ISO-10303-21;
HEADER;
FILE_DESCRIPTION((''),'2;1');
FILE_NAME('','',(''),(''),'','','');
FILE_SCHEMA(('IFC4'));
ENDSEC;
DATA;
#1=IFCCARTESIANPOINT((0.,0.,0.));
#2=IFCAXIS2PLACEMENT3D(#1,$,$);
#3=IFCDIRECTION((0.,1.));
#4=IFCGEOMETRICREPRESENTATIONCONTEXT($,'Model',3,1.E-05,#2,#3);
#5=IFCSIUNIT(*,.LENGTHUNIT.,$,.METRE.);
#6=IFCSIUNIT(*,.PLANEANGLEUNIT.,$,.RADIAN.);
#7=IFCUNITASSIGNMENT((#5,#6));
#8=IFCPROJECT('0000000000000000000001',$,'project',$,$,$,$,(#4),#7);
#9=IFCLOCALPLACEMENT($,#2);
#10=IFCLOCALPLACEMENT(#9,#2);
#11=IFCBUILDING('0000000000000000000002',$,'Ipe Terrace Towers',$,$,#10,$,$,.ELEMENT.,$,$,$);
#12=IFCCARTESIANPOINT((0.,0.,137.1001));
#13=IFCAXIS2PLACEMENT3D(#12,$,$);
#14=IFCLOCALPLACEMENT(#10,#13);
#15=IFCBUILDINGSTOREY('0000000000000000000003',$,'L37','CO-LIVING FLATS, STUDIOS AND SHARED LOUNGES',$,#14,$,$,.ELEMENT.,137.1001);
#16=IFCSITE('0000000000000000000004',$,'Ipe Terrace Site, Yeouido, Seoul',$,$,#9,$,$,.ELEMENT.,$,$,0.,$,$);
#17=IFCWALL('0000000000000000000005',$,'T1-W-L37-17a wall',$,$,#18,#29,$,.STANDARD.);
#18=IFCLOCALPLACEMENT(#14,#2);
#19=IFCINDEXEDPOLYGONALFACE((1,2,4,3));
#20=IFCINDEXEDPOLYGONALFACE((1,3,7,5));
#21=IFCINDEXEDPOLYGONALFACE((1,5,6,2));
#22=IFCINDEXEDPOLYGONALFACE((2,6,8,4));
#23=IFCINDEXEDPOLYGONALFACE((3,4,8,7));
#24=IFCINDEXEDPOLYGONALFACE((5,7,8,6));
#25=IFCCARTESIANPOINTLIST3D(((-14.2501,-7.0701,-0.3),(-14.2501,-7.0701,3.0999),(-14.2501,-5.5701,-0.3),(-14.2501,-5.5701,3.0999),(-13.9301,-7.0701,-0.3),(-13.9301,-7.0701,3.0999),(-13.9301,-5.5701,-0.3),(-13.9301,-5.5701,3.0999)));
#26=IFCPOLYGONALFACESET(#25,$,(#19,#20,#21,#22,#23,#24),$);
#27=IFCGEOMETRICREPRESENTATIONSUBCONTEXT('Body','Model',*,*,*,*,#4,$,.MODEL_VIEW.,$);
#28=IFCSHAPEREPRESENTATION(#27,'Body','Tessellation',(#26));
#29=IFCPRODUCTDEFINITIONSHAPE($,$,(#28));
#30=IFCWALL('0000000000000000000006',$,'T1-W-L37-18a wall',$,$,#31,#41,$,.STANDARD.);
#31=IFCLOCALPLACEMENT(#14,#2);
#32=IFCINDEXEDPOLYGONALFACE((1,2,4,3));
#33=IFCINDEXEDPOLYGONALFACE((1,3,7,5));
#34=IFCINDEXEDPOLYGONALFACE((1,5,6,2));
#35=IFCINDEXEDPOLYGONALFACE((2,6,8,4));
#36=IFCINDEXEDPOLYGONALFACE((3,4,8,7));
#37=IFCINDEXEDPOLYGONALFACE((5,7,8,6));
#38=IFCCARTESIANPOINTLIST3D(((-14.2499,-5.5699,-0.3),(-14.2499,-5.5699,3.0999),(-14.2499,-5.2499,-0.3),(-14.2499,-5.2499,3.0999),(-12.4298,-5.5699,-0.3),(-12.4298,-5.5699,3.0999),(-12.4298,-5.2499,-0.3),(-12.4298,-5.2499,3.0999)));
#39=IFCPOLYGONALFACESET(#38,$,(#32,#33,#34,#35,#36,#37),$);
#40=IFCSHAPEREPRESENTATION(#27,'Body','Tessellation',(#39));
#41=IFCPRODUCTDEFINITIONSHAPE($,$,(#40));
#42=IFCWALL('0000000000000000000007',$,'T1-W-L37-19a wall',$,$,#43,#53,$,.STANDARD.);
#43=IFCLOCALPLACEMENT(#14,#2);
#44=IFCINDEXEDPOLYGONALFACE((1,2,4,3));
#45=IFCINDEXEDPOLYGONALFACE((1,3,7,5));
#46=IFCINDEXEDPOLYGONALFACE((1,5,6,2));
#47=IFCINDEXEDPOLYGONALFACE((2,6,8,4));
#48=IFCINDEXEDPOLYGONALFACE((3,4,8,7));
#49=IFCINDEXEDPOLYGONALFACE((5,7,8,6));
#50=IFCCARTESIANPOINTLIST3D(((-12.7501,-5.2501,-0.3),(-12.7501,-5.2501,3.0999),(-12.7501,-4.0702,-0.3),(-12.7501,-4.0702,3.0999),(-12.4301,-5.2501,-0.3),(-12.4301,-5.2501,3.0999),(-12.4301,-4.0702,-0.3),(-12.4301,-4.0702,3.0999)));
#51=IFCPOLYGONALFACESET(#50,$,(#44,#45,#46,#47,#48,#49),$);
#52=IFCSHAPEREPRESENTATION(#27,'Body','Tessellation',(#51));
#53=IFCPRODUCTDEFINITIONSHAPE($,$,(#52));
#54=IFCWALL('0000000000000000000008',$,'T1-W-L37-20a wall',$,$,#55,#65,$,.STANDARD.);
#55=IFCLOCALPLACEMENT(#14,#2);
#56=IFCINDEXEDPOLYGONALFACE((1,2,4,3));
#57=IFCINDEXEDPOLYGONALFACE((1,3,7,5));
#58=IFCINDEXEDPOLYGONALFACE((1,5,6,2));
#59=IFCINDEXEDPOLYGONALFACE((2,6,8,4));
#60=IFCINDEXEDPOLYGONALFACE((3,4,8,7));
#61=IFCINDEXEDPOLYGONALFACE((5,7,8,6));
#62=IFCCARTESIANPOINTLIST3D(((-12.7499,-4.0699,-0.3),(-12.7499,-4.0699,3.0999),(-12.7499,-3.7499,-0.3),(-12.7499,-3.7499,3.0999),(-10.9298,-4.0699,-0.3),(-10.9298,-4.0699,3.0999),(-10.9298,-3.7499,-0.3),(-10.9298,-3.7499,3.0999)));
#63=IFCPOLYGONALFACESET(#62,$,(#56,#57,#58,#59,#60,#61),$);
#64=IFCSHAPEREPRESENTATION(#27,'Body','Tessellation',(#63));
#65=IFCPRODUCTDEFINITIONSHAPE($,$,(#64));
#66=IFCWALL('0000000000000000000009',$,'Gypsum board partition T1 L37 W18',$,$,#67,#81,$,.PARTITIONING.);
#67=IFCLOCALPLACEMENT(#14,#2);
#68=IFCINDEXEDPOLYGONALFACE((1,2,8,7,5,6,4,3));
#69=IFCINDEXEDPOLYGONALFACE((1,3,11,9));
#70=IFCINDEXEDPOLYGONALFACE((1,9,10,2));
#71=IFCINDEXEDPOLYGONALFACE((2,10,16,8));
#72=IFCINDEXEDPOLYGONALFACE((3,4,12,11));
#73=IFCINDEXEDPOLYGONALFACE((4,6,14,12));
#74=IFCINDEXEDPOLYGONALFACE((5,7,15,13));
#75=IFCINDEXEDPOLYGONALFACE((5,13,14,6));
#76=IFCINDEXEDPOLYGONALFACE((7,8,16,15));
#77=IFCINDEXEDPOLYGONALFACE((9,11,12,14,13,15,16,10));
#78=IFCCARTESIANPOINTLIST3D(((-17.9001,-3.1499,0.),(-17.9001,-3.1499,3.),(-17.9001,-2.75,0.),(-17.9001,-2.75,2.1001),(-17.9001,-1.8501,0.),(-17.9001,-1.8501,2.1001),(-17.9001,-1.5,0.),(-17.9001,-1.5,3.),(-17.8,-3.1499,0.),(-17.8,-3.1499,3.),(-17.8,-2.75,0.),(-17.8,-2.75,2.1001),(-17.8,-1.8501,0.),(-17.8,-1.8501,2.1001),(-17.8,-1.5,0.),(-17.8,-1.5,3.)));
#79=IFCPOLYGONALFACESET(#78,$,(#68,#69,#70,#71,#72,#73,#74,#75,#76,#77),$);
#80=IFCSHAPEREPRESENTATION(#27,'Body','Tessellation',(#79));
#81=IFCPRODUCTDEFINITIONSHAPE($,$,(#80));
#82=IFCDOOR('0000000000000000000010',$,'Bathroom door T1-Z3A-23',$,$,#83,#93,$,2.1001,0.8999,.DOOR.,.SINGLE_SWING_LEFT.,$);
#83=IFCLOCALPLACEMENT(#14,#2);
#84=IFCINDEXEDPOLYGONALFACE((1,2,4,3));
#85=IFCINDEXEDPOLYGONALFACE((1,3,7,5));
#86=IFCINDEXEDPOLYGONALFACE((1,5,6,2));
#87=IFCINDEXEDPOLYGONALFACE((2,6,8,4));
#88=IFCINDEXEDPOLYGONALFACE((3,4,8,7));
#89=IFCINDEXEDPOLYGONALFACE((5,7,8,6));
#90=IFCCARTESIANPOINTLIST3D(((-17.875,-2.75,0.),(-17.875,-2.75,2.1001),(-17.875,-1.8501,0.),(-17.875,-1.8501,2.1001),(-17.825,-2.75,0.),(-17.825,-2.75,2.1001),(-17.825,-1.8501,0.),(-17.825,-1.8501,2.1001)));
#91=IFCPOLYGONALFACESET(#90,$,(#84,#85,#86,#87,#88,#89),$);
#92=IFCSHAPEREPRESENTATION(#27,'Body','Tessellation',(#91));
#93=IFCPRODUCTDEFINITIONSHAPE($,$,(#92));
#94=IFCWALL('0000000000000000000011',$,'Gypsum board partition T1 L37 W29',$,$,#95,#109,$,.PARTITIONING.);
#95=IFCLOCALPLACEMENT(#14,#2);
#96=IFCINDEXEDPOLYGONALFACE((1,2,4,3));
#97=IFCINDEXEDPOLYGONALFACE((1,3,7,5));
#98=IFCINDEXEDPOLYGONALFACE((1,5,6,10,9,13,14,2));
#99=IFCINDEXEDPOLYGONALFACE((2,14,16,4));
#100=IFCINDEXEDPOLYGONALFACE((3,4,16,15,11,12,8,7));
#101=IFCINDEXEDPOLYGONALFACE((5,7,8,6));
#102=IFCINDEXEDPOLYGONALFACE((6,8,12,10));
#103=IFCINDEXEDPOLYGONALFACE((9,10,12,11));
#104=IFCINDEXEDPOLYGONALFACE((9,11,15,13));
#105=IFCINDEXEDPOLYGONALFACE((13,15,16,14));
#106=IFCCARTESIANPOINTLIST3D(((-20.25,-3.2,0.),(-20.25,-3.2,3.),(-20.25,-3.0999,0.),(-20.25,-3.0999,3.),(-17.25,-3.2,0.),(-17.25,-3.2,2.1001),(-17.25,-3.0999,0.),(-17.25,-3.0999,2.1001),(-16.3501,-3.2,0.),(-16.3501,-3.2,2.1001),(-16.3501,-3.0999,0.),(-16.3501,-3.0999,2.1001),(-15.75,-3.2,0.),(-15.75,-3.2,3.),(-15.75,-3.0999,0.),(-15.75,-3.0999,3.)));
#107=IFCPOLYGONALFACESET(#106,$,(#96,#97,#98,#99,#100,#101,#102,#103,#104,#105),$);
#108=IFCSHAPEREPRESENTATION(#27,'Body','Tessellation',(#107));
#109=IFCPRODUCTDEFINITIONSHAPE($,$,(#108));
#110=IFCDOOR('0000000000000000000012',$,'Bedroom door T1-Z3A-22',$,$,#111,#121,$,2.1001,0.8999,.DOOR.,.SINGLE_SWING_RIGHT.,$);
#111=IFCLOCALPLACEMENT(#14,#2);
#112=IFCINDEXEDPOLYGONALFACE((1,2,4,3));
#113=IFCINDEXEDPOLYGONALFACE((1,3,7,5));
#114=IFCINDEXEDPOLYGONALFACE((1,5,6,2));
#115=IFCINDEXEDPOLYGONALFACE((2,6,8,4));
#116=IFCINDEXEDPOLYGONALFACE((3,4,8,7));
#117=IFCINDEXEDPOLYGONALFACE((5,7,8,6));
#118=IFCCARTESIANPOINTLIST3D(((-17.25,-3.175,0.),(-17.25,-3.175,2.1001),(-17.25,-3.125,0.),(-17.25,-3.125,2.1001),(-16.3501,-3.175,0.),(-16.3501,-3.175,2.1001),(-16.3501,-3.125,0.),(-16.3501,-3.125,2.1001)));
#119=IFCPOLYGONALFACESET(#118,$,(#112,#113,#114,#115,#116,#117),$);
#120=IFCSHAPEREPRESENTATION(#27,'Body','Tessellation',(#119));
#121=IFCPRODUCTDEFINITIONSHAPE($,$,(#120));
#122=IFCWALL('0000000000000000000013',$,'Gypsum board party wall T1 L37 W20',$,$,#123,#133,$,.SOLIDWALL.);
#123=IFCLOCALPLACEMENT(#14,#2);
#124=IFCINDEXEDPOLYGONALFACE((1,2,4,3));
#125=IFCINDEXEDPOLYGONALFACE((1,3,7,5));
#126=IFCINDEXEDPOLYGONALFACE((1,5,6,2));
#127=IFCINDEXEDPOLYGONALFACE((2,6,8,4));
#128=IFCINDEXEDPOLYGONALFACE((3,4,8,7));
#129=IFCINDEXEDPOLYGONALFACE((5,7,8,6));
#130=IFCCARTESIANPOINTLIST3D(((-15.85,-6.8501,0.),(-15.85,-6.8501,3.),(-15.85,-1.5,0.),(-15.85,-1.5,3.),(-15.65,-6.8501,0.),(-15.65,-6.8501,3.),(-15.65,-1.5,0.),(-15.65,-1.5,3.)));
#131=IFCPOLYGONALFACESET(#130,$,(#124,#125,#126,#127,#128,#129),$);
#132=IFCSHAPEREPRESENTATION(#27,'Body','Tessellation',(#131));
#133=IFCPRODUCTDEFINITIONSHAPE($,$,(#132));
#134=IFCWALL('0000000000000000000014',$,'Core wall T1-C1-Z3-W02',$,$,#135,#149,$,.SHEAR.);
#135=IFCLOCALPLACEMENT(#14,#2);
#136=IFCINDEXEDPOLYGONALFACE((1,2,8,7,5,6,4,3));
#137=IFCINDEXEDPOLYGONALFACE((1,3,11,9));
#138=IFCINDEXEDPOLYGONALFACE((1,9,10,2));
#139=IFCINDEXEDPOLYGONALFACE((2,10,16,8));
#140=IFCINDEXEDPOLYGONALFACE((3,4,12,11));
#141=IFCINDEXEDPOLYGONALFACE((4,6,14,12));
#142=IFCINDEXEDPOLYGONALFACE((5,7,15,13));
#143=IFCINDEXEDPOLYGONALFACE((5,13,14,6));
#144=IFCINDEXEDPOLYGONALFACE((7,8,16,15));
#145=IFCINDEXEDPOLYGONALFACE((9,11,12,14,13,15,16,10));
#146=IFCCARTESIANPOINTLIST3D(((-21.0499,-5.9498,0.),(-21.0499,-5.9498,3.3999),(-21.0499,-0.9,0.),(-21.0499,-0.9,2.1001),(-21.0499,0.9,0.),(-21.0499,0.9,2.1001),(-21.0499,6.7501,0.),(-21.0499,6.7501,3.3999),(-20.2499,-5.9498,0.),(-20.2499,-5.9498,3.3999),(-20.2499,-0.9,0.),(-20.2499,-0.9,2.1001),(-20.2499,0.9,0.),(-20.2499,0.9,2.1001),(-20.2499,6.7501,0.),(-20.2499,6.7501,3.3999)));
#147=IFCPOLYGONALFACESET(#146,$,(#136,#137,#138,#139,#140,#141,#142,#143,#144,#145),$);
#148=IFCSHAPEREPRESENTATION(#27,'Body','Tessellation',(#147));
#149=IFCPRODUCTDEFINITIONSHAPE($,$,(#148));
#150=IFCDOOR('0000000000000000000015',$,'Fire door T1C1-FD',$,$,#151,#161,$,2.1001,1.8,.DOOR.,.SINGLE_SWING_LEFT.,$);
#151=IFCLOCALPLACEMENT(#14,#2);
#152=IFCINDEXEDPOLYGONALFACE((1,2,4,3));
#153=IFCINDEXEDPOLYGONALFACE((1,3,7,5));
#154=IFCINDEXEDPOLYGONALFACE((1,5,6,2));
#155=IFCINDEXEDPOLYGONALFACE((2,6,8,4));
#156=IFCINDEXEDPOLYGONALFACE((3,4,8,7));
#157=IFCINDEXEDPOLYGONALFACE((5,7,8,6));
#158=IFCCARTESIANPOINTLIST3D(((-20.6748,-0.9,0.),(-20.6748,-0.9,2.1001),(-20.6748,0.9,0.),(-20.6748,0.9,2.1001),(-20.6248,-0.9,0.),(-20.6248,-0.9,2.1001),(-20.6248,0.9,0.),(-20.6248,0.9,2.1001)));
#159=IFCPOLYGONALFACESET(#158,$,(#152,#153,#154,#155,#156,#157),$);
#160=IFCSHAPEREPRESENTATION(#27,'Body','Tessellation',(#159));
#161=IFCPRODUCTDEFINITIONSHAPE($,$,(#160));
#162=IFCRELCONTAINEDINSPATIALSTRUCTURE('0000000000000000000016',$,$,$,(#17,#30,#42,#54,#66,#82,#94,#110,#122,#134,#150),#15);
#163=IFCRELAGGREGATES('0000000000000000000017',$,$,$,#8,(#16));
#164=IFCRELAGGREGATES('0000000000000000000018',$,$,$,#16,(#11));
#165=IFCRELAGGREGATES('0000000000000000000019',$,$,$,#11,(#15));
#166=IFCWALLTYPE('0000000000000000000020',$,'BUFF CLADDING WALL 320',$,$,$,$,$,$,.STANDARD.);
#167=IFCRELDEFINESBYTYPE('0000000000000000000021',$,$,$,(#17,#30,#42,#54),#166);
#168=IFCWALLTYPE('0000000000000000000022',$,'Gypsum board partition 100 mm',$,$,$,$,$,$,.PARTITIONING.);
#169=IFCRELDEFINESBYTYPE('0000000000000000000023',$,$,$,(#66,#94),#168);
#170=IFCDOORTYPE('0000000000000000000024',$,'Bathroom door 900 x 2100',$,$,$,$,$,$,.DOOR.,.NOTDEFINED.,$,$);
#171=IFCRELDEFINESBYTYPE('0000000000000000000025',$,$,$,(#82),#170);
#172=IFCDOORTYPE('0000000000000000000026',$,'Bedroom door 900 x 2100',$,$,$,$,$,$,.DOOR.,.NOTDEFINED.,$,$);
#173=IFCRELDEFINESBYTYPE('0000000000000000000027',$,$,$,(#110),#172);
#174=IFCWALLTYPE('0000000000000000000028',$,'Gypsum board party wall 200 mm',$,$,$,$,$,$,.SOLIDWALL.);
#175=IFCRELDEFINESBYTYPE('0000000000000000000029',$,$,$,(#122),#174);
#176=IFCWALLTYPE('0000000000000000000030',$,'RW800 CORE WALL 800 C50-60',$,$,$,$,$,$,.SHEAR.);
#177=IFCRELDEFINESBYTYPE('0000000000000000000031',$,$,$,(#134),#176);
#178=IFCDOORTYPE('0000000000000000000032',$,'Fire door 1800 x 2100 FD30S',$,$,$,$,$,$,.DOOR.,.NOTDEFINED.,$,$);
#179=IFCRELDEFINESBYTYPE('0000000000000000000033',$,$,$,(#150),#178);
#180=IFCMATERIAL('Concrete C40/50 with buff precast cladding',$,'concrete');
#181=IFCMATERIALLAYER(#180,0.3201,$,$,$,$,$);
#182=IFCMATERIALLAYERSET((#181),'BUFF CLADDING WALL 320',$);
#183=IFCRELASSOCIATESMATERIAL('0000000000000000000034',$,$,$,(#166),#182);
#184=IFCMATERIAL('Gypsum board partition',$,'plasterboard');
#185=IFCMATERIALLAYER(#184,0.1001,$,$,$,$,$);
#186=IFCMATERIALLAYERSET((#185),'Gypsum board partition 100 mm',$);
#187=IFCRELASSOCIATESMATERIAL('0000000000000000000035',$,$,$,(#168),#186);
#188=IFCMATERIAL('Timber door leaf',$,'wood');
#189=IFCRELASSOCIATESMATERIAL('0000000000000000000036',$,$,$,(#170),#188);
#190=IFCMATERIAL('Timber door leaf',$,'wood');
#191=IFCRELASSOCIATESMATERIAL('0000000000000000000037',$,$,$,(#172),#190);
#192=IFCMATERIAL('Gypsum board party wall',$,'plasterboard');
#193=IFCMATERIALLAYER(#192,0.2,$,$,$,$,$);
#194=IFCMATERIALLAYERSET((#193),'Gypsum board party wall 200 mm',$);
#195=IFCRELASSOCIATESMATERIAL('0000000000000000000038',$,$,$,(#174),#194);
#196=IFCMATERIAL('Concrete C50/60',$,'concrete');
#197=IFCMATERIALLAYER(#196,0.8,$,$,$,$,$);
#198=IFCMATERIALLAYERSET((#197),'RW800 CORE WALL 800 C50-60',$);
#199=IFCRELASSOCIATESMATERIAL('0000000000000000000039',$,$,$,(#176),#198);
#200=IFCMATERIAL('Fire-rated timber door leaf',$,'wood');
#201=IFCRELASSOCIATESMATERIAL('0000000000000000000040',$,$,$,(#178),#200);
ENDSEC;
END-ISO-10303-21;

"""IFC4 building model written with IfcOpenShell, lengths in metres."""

from ifc_helpers import new_model, si_unit, direction, frame, frame_2d, origin, place, context, subcontext, project, spatial, rectangle, extrude, material, layer, layer_set, type_object, element, fill, save


model = new_model("IFC4")

# Units and contexts
model_context = context("Model", 3, precision=1e-05, world=origin(), true_north=direction((0.0, 1.0)))
body_context = subcontext(model_context, "Body", "Model", "MODEL_VIEW")
ifc_project = project(units=[si_unit("LENGTHUNIT", "METRE"), si_unit("PLANEANGLEUNIT", "RADIAN")], contexts=[model_context])

# Site, building, storey
site_placement = place(None, origin())
site = spatial("IfcSite", under=ifc_project, at=site_placement, Name="Ipe Terrace Site, Yeouido, Seoul", CompositionType="ELEMENT", RefElevation=0.0)
building_placement = place(site_placement, origin())
building = spatial("IfcBuilding", under=site, at=building_placement, Name="Ipe Terrace Towers", CompositionType="ELEMENT")
storey_placement = place(building_placement, frame((0.0, 0.0, 137.1001)))
storey = spatial("IfcBuildingStorey", under=building, at=storey_placement, Name="L37", Description="CO-LIVING FLATS, STUDIOS AND SHARED LOUNGES", CompositionType="ELEMENT", Elevation=137.1001)

# Walls
ifc_material_1 = material(Name="Concrete C40/50 with buff precast cladding", Category="concrete")
ifc_layer_1 = layer(ifc_material_1, 0.3201)
ifc_layer_set_1 = layer_set([ifc_layer_1], Name="BUFF CLADDING WALL 320")
wall_type_1 = type_object("IfcWallType", Name="BUFF CLADDING WALL 320", PredefinedType="STANDARD", material=ifc_layer_set_1)
wall_1_placement = place(storey_placement, frame((-14.0901, -7.0701, -0.3), z_axis=(0.0, 0.0, 1.0), x_axis=(0.0, 1.0, 0.0)))
element("IfcWall", 1, at=wall_1_placement, inside=storey, type_object=wall_type_1, Name="T1-W-L37-17a wall", PredefinedType="STANDARD", context=body_context, shape_type="SweptSolid", body=[
    extrude(rectangle(XDim=1.5, YDim=0.3201, at=frame_2d((0.75, 0.0))), origin(), (0.0, 0.0, 1.0), 3.3999),
])
wall_2_placement = place(storey_placement, frame((-14.25, -5.4099, -0.3), z_axis=(0.0, 0.0, 1.0), x_axis=(1.0, 0.0, 0.0)))
element("IfcWall", 2, at=wall_2_placement, inside=storey, type_object=wall_type_1, Name="T1-W-L37-18a wall", PredefinedType="STANDARD", context=body_context, shape_type="SweptSolid", body=[
    extrude(rectangle(XDim=1.8201, YDim=0.3201, at=frame_2d((0.9102, 0.0))), origin(), (0.0, 0.0, 1.0), 3.3999),
])
wall_3_placement = place(storey_placement, frame((-12.5901, -5.25, -0.3), z_axis=(0.0, 0.0, 1.0), x_axis=(0.0, 1.0, 0.0)))
element("IfcWall", 3, at=wall_3_placement, inside=storey, type_object=wall_type_1, Name="T1-W-L37-19a wall", PredefinedType="STANDARD", context=body_context, shape_type="SweptSolid", body=[
    extrude(rectangle(XDim=1.1799, YDim=0.3201, at=frame_2d((0.5898, 0.0))), origin(), (0.0, 0.0, 1.0), 3.3999),
])
wall_4_placement = place(storey_placement, frame((-12.75, -3.9099, -0.3), z_axis=(0.0, 0.0, 1.0), x_axis=(1.0, 0.0, 0.0)))
element("IfcWall", 4, at=wall_4_placement, inside=storey, type_object=wall_type_1, Name="T1-W-L37-20a wall", PredefinedType="STANDARD", context=body_context, shape_type="SweptSolid", body=[
    extrude(rectangle(XDim=1.8201, YDim=0.3201, at=frame_2d((0.9102, 0.0))), origin(), (0.0, 0.0, 1.0), 3.3999),
])

# Walls, openings, doors
ifc_material_2 = material(Name="Gypsum board partition", Category="plasterboard")
ifc_layer_2 = layer(ifc_material_2, 0.1001)
ifc_layer_set_2 = layer_set([ifc_layer_2], Name="Gypsum board partition 100 mm")
wall_type_2 = type_object("IfcWallType", Name="Gypsum board partition 100 mm", PredefinedType="PARTITIONING", material=ifc_layer_set_2)
wall_5_placement = place(storey_placement, frame((-17.8501, -3.1499, 0.0), z_axis=(0.0, 0.0, 1.0), x_axis=(0.0, 1.0, 0.0)))
wall_5 = element("IfcWall", 5, at=wall_5_placement, inside=storey, type_object=wall_type_2, Name="Gypsum board partition T1 L37 W18", PredefinedType="PARTITIONING", context=body_context, shape_type="SweptSolid", body=[
    extrude(rectangle(XDim=1.6499, YDim=0.1001, at=frame_2d((0.825, 0.0))), origin(), (0.0, 0.0, 1.0), 3.0),
])
opening_1_placement = place(wall_5_placement, frame((0.3999, 0.0, 0.0)))
opening_1 = element("IfcOpeningElement", 6, at=opening_1_placement, cuts=wall_5, PredefinedType="OPENING", context=body_context, shape_type="SweptSolid", body=[
    extrude(rectangle(XDim=0.8999, YDim=2.1001, at=frame_2d((0.45, 1.05))), frame((0.0, 0.0601, 0.0), z_axis=(0.0, -1.0, 0.0), x_axis=(1.0, 0.0, 0.0)), (0.0, 0.0, 1.0), 0.1201),
])
ifc_material_3 = material(Name="Timber door leaf", Category="wood")
door_type_1 = type_object("IfcDoorType", Name="Bathroom door 900 x 2100", OperationType="NOTDEFINED", PredefinedType="DOOR", material=ifc_material_3)
door_1_placement = place(opening_1_placement, origin())
door_1 = element("IfcDoor", 7, at=door_1_placement, inside=storey, type_object=door_type_1, Name="Bathroom door T1-Z3A-23", OperationType="SINGLE_SWING_LEFT", OverallHeight=2.1001, OverallWidth=0.8999, PredefinedType="DOOR", context=body_context, shape_type="SweptSolid", body=[
    extrude(rectangle(XDim=0.8999, YDim=2.1001, at=frame_2d((0.45, 1.05))), frame((0.0, 0.0249, 0.0), z_axis=(0.0, -1.0, 0.0), x_axis=(1.0, 0.0, 0.0)), (0.0, 0.0, 1.0), 0.05),
])
fill(opening_1, door_1)
wall_6_placement = place(storey_placement, frame((-20.25, -3.1499, 0.0), z_axis=(0.0, 0.0, 1.0), x_axis=(1.0, 0.0, 0.0)))
wall_6 = element("IfcWall", 8, at=wall_6_placement, inside=storey, type_object=wall_type_2, Name="Gypsum board partition T1 L37 W29", PredefinedType="PARTITIONING", context=body_context, shape_type="SweptSolid", body=[
    extrude(rectangle(XDim=4.5, YDim=0.1001, at=frame_2d((2.25, 0.0))), origin(), (0.0, 0.0, 1.0), 3.0),
])
opening_2_placement = place(wall_6_placement, frame((3.0, 0.0, 0.0)))
opening_2 = element("IfcOpeningElement", 9, at=opening_2_placement, cuts=wall_6, PredefinedType="OPENING", context=body_context, shape_type="SweptSolid", body=[
    extrude(rectangle(XDim=0.8999, YDim=2.1001, at=frame_2d((0.45, 1.05))), frame((0.0, 0.0601, 0.0), z_axis=(0.0, -1.0, 0.0), x_axis=(1.0, 0.0, 0.0)), (0.0, 0.0, 1.0), 0.1201),
])
ifc_material_4 = material(Name="Timber door leaf", Category="wood")
door_type_2 = type_object("IfcDoorType", Name="Bedroom door 900 x 2100", OperationType="NOTDEFINED", PredefinedType="DOOR", material=ifc_material_4)
door_2_placement = place(opening_2_placement, origin())
door_2 = element("IfcDoor", 10, at=door_2_placement, inside=storey, type_object=door_type_2, Name="Bedroom door T1-Z3A-22", OperationType="SINGLE_SWING_RIGHT", OverallHeight=2.1001, OverallWidth=0.8999, PredefinedType="DOOR", context=body_context, shape_type="SweptSolid", body=[
    extrude(rectangle(XDim=0.8999, YDim=2.1001, at=frame_2d((0.45, 1.05))), frame((0.0, 0.0249, 0.0), z_axis=(0.0, -1.0, 0.0), x_axis=(1.0, 0.0, 0.0)), (0.0, 0.0, 1.0), 0.05),
])
fill(opening_2, door_2)

# Wall
ifc_material_5 = material(Name="Gypsum board party wall", Category="plasterboard")
ifc_layer_3 = layer(ifc_material_5, 0.2)
ifc_layer_set_3 = layer_set([ifc_layer_3], Name="Gypsum board party wall 200 mm")
wall_type_3 = type_object("IfcWallType", Name="Gypsum board party wall 200 mm", PredefinedType="SOLIDWALL", material=ifc_layer_set_3)
wall_7_placement = place(storey_placement, frame((-15.75, -6.8501, 0.0), z_axis=(0.0, 0.0, 1.0), x_axis=(0.0, 1.0, 0.0)))
element("IfcWall", 11, at=wall_7_placement, inside=storey, type_object=wall_type_3, Name="Gypsum board party wall T1 L37 W20", PredefinedType="SOLIDWALL", context=body_context, shape_type="SweptSolid", body=[
    extrude(rectangle(XDim=5.3501, YDim=0.2, at=frame_2d((2.675, 0.0))), origin(), (0.0, 0.0, 1.0), 3.0),
])

# Wall, opening, door
ifc_material_6 = material(Name="Concrete C50/60", Category="concrete")
ifc_layer_4 = layer(ifc_material_6, 0.8)
ifc_layer_set_4 = layer_set([ifc_layer_4], Name="RW800 CORE WALL 800 C50-60")
wall_type_4 = type_object("IfcWallType", Name="RW800 CORE WALL 800 C50-60", PredefinedType="SHEAR", material=ifc_layer_set_4)
wall_8_placement = place(storey_placement, frame((-20.6499, -5.95, 0.0), z_axis=(0.0, 0.0, 1.0), x_axis=(0.0, 1.0, 0.0)))
wall_8 = element("IfcWall", 12, at=wall_8_placement, inside=storey, type_object=wall_type_4, Name="Core wall T1-C1-Z3-W02", PredefinedType="SHEAR", context=body_context, shape_type="SweptSolid", body=[
    extrude(rectangle(XDim=12.7, YDim=0.8, at=frame_2d((6.3501, 0.0))), origin(), (0.0, 0.0, 1.0), 3.3999),
])
opening_3_placement = place(wall_8_placement, frame((5.05, 0.0, 0.0)))
opening_3 = element("IfcOpeningElement", 13, at=opening_3_placement, cuts=wall_8, PredefinedType="OPENING", context=body_context, shape_type="SweptSolid", body=[
    extrude(rectangle(XDim=1.8, YDim=2.1001, at=frame_2d((0.8999, 1.05))), frame((0.0, 0.4102, 0.0), z_axis=(0.0, -1.0, 0.0), x_axis=(1.0, 0.0, 0.0)), (0.0, 0.0, 1.0), 0.8201),
])
ifc_material_7 = material(Name="Fire-rated timber door leaf", Category="wood")
door_type_3 = type_object("IfcDoorType", Name="Fire door 1800 x 2100 FD30S", OperationType="NOTDEFINED", PredefinedType="DOOR", material=ifc_material_7)
door_3_placement = place(opening_3_placement, origin())
door_3 = element("IfcDoor", 14, at=door_3_placement, inside=storey, type_object=door_type_3, Name="Fire door T1C1-FD", OperationType="SINGLE_SWING_LEFT", OverallHeight=2.1001, OverallWidth=1.8, PredefinedType="DOOR", context=body_context, shape_type="SweptSolid", body=[
    extrude(rectangle(XDim=1.8, YDim=2.1001, at=frame_2d((0.8999, 1.05))), frame((0.0, 0.0249, 0.0), z_axis=(0.0, -1.0, 0.0), x_axis=(1.0, 0.0, 0.0)), (0.0, 0.0, 1.0), 0.05),
])
fill(opening_3, door_3)

save(model, "model.ifc")
